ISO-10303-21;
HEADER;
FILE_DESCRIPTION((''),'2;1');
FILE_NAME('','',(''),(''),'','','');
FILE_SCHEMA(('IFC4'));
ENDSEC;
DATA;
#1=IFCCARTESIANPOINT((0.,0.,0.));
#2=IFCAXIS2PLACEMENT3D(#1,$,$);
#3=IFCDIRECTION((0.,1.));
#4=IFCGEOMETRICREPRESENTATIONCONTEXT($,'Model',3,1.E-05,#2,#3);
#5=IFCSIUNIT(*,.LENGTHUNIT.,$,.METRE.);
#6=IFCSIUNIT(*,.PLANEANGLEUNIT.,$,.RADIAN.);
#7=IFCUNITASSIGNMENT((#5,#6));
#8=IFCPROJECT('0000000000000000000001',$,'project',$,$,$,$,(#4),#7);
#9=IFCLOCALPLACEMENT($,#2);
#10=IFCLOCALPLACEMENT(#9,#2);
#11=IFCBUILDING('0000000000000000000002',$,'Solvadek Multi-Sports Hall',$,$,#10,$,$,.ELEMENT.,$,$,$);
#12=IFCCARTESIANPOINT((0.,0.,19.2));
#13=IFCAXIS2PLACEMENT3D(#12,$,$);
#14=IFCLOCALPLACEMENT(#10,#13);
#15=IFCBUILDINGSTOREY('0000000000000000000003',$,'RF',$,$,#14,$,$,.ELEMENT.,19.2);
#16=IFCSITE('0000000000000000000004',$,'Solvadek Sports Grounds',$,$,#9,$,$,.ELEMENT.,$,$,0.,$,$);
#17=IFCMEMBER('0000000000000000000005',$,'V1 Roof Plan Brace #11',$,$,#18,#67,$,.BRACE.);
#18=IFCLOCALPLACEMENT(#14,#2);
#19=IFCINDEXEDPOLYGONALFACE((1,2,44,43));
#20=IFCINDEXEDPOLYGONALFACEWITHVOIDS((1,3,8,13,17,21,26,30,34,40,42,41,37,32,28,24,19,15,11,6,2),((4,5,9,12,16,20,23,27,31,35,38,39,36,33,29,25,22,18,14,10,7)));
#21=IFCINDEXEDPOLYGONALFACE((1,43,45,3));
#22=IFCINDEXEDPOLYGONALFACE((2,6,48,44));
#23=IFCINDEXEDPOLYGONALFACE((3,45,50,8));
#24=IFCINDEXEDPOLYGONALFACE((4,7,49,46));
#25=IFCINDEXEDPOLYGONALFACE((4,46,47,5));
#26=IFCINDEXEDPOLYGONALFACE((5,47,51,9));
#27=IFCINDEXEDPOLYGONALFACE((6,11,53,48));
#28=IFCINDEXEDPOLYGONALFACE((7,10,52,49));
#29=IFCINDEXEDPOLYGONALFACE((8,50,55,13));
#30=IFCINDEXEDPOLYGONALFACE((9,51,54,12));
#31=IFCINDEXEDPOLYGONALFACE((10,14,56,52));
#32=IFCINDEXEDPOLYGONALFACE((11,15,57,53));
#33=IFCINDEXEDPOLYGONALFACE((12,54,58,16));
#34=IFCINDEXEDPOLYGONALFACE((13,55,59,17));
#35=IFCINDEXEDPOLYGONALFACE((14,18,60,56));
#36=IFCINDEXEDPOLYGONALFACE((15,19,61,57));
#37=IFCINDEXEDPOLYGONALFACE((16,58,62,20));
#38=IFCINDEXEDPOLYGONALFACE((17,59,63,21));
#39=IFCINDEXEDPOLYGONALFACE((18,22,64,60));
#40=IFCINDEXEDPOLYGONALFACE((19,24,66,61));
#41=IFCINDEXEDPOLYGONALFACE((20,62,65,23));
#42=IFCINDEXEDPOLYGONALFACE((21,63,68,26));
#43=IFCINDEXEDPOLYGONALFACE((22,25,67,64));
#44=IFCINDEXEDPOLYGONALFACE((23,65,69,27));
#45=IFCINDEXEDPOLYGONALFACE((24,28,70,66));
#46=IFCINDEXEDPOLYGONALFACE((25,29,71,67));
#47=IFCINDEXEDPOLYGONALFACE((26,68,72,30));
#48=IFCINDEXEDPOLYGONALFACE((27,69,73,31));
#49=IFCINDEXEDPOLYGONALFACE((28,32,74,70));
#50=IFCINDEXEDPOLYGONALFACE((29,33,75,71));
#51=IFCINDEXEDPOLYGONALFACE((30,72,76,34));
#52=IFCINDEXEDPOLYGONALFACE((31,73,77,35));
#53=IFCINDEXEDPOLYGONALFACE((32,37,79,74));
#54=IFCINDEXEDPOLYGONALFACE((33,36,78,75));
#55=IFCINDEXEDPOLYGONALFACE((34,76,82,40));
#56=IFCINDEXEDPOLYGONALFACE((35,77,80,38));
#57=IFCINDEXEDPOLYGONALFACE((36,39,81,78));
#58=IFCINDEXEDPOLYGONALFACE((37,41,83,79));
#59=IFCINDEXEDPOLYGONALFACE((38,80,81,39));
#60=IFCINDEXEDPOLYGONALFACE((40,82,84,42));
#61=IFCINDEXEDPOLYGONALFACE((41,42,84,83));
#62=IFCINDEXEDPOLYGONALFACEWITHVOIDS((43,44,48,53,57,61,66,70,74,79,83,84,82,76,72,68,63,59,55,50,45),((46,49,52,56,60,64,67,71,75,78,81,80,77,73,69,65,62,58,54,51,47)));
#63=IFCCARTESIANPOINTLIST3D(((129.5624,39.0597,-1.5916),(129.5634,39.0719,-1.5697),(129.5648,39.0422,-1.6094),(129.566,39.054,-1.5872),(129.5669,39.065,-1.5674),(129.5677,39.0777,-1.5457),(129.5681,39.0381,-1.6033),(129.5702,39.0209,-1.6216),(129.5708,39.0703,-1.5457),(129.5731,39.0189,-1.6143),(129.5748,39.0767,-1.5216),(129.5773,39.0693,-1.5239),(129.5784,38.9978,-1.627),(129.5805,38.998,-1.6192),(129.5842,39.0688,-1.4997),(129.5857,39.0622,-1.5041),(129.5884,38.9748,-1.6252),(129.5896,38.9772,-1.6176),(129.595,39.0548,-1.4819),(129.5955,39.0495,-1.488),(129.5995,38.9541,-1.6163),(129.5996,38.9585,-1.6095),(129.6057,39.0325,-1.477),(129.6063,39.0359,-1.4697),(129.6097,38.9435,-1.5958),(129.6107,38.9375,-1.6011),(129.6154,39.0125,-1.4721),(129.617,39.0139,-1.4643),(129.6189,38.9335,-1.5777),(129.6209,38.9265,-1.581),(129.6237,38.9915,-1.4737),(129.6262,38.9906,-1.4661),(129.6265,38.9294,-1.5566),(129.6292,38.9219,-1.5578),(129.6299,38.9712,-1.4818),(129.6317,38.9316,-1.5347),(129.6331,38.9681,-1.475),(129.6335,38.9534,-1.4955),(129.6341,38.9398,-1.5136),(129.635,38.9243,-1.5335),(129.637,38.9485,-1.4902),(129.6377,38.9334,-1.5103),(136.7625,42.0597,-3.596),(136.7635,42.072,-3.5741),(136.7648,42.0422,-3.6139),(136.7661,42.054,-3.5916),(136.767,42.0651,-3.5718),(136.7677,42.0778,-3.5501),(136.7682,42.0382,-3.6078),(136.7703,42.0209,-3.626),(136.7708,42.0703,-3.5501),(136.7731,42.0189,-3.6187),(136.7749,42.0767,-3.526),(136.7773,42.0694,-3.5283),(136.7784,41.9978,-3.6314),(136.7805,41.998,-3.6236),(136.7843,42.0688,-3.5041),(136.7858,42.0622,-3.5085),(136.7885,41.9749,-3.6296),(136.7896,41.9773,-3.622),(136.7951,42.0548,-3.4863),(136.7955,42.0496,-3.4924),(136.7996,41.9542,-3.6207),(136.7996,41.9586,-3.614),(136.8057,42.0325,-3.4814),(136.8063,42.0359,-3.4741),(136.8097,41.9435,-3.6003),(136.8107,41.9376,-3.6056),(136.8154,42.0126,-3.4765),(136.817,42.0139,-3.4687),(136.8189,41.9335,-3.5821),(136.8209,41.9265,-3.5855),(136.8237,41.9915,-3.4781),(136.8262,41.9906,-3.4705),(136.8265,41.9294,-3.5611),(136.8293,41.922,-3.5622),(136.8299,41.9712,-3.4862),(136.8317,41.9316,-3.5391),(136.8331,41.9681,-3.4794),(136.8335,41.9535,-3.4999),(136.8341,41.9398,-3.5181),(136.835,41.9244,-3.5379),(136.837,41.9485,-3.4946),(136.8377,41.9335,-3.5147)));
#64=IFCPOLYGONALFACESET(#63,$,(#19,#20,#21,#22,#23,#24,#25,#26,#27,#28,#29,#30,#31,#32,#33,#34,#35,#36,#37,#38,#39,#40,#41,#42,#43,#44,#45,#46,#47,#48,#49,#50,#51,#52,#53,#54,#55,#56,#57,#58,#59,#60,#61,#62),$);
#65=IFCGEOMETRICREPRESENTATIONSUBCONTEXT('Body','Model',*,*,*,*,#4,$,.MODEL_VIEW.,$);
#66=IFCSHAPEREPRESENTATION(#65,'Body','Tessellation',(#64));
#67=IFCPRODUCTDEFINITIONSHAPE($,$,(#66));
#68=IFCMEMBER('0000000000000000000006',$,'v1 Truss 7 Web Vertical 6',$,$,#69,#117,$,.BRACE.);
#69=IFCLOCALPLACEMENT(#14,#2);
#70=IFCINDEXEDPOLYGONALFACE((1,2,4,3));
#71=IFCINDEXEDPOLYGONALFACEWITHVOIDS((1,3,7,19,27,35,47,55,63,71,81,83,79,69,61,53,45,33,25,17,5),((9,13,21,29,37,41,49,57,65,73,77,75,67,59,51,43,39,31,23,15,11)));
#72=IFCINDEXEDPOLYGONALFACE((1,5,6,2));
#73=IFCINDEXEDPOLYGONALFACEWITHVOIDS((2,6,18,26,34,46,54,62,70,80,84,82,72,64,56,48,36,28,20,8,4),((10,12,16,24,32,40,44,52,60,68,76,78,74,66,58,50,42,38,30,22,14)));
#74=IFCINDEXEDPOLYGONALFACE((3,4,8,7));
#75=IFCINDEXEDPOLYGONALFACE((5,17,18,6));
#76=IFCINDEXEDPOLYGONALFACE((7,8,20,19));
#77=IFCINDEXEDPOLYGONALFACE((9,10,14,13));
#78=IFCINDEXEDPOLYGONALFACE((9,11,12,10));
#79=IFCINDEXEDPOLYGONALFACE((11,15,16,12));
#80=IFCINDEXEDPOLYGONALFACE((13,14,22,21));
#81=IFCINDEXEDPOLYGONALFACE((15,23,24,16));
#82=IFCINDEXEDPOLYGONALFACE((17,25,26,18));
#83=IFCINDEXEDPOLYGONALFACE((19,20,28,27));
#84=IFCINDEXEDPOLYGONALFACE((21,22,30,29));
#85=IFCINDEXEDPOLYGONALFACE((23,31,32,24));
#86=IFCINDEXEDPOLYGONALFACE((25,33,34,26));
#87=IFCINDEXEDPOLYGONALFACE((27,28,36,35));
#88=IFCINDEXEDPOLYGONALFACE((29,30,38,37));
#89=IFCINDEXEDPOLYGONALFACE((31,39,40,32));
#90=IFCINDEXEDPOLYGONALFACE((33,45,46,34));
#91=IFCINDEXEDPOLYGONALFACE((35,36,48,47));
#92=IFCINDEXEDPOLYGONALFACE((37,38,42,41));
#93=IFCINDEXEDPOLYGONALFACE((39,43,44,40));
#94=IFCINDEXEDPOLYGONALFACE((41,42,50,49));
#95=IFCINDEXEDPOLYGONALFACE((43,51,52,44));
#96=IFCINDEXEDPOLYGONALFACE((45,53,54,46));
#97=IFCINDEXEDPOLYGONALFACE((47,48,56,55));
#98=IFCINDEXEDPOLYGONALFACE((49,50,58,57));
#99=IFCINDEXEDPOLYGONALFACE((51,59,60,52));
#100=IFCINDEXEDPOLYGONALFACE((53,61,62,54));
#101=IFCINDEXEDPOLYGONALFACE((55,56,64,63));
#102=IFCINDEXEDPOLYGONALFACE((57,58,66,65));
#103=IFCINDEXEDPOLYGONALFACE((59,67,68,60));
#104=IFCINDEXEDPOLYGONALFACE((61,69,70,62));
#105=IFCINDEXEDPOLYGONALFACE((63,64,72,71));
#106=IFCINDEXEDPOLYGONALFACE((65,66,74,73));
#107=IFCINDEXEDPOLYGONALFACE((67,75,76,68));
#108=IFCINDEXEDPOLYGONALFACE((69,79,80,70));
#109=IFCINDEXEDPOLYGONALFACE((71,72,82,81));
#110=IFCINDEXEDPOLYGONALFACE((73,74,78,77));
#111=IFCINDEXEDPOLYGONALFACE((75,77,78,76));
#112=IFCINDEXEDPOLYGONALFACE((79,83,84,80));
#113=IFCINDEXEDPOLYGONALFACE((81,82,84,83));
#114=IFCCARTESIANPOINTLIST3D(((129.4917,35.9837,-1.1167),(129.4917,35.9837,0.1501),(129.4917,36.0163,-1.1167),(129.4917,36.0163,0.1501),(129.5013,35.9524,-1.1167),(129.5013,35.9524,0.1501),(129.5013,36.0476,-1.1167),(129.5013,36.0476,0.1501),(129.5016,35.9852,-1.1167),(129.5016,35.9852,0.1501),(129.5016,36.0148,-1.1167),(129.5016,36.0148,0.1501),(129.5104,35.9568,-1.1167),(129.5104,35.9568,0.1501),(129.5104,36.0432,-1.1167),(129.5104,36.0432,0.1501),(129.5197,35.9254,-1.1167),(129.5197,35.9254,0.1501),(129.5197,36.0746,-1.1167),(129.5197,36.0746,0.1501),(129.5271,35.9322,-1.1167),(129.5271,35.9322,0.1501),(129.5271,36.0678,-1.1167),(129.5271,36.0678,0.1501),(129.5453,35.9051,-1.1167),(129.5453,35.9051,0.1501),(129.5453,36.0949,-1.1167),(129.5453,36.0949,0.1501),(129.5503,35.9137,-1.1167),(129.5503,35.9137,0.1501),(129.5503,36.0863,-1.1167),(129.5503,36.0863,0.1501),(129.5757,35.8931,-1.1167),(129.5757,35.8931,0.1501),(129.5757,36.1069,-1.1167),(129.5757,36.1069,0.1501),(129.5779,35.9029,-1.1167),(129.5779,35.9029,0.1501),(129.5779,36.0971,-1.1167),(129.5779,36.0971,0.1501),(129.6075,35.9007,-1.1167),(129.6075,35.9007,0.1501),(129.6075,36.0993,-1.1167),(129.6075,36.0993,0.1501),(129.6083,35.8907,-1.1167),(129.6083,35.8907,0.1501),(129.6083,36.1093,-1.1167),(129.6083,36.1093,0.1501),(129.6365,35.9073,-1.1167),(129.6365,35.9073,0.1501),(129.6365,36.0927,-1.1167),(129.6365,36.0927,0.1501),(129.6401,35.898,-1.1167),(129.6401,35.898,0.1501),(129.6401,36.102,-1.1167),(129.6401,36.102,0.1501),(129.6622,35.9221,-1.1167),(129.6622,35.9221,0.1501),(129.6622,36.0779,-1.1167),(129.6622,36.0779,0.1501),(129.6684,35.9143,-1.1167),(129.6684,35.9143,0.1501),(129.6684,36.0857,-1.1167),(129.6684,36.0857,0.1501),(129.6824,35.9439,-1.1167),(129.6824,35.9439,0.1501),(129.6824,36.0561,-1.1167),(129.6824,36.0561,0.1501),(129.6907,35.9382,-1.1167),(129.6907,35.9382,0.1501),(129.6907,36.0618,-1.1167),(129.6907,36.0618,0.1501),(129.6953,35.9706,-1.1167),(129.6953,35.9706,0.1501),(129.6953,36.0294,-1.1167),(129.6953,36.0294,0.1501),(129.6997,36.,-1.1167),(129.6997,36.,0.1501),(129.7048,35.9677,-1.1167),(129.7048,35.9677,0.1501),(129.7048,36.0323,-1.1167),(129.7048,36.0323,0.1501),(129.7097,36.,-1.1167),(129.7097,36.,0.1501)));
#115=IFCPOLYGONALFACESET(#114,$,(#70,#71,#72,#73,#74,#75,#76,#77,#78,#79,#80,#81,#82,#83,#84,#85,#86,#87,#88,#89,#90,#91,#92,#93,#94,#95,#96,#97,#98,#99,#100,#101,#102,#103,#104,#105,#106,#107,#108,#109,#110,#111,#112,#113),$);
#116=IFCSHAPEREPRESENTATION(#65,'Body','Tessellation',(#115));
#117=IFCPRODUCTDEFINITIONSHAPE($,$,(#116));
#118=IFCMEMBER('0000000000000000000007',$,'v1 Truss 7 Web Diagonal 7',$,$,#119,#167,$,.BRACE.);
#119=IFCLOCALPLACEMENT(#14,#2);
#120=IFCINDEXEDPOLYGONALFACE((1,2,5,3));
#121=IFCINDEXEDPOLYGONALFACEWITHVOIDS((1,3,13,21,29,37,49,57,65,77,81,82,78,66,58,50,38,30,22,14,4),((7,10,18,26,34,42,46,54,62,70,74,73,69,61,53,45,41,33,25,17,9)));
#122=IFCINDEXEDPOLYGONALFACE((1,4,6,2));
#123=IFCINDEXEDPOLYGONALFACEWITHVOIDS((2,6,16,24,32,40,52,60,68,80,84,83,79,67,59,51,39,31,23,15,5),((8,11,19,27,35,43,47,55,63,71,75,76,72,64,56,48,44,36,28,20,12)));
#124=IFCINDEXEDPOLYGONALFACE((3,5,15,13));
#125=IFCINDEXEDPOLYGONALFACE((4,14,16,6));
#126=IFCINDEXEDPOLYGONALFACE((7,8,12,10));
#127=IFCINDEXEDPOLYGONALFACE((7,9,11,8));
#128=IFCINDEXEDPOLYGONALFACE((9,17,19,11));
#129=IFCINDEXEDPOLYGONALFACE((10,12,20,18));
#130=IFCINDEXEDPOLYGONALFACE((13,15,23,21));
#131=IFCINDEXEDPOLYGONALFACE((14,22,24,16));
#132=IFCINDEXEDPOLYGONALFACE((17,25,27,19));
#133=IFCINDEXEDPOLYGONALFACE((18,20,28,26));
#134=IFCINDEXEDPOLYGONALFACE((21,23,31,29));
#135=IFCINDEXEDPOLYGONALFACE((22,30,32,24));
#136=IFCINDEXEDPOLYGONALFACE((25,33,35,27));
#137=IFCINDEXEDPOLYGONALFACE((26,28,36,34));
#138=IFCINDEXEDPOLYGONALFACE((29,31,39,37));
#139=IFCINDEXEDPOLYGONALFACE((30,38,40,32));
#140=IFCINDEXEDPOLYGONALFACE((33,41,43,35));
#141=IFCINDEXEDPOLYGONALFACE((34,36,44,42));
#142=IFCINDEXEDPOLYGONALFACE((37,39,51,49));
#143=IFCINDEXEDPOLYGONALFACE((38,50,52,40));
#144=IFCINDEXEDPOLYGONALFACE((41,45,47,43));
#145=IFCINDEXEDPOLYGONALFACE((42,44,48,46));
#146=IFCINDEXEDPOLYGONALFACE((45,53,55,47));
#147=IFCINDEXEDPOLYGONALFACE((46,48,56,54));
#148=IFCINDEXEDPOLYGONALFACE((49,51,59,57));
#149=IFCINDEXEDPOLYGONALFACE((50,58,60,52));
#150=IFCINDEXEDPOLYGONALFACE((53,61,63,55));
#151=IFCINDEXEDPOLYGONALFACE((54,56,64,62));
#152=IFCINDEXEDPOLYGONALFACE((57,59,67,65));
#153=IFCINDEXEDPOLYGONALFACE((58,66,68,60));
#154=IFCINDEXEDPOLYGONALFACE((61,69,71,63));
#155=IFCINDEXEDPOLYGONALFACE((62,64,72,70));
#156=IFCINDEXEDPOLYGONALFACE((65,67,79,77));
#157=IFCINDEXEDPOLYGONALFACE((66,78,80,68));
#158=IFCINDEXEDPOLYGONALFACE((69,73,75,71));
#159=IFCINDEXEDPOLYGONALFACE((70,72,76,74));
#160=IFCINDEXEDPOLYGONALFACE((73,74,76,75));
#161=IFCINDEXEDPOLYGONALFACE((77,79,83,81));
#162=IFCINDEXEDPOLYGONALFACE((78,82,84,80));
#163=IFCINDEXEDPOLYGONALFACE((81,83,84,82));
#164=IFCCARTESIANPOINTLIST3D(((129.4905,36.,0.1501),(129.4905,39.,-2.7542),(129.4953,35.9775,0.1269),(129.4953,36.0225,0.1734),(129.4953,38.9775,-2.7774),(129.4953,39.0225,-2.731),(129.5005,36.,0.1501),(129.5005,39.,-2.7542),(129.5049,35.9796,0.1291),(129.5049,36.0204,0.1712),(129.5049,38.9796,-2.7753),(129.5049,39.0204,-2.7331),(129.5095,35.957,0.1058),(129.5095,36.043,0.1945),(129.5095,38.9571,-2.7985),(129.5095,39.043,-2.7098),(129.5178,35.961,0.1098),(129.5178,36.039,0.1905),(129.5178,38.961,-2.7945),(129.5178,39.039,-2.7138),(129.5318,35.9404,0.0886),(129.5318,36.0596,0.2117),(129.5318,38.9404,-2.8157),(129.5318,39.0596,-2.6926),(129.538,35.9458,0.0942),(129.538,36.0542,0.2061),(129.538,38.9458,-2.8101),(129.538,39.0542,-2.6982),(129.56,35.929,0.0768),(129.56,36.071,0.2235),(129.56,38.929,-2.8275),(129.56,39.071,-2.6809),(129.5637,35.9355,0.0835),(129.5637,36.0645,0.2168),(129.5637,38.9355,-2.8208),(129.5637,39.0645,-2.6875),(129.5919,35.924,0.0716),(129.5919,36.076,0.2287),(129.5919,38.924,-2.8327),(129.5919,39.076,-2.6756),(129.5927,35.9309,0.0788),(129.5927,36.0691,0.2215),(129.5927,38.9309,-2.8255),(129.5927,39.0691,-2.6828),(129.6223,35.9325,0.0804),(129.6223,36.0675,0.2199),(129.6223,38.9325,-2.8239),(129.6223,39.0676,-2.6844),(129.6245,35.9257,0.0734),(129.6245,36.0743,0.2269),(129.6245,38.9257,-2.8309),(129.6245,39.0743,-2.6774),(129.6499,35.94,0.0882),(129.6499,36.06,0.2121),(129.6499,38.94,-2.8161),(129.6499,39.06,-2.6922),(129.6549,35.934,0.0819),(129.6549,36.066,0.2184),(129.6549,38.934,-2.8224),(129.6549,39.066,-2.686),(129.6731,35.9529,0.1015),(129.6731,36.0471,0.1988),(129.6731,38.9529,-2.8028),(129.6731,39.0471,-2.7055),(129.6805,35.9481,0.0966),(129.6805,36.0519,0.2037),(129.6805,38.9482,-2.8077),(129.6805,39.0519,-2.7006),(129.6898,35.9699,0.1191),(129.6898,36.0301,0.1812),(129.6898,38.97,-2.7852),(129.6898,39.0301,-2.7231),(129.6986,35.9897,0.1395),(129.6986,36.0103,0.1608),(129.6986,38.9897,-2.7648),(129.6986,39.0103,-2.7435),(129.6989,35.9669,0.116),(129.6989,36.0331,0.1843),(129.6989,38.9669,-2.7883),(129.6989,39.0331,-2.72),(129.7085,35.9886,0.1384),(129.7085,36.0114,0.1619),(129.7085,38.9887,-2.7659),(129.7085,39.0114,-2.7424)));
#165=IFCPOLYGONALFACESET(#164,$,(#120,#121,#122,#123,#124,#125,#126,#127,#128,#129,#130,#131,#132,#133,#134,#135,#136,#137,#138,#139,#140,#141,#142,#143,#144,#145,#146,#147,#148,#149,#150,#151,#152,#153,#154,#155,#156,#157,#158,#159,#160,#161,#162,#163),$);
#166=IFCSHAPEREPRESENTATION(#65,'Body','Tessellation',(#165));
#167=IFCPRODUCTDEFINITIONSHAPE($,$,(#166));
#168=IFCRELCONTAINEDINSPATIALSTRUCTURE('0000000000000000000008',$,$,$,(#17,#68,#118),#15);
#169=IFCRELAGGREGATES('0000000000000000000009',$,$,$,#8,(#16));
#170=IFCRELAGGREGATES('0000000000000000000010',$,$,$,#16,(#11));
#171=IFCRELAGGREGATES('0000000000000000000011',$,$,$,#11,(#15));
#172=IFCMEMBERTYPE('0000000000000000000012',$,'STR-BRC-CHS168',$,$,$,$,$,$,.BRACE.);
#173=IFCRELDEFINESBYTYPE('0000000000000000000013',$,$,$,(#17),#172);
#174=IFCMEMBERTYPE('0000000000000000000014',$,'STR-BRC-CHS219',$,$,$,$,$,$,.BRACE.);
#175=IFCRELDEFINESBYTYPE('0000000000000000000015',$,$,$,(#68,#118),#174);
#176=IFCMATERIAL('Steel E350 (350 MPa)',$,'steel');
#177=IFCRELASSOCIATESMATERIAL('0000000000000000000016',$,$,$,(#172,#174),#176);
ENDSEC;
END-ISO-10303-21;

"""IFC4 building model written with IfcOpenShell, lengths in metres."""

from ifc_helpers import new_model, si_unit, direction, frame, origin, origin_2d, place, context, subcontext, project, spatial, hollow_circle, extrude, material, material_profile, profile_set, type_object, element, save


model = new_model("IFC4")

# Units and contexts
model_context = context("Model", 3, precision=1e-05, world=origin(), true_north=direction((0.0, 1.0)))
body_context = subcontext(model_context, "Body", "Model", "MODEL_VIEW")
ifc_project = project(units=[si_unit("LENGTHUNIT", "METRE"), si_unit("PLANEANGLEUNIT", "RADIAN")], contexts=[model_context])

# Site, building, storey
site_placement = place(None, origin())
site = spatial("IfcSite", under=ifc_project, at=site_placement, Name="Solvadek Sports Grounds", CompositionType="ELEMENT", RefElevation=0.0)
building_placement = place(site_placement, origin())
building = spatial("IfcBuilding", under=site, at=building_placement, Name="Solvadek Multi-Sports Hall", CompositionType="ELEMENT")
storey_placement = place(building_placement, frame((0.0, 0.0, 19.2)))
storey = spatial("IfcBuildingStorey", under=building, at=storey_placement, Name="RF", CompositionType="ELEMENT", Elevation=19.2)

# Members
ifc_material_1 = material(Name="Steel E350 (350 MPa)", Category="steel")
ifc_material_profile_1 = material_profile(ifc_material_1, hollow_circle(Radius=0.0842, WallThickness=0.0081, at=origin_2d()), Name="CHS 168.3x8")
ifc_profile_set_1 = profile_set([ifc_material_profile_1], Name="Steel E350 (350 MPa)")
member_type_1 = type_object("IfcMemberType", Name="STR-BRC-CHS168", PredefinedType="BRACE", material=ifc_profile_set_1)
member_1_placement = place(storey_placement, frame((129.6001, 39.0, -1.5457), z_axis=(0.894029, 0.372514, -0.248889), x_axis=(-0.384618, 0.923076, 0.0)))
element("IfcMember", 1, at=member_1_placement, inside=storey, type_object=member_type_1, Name="V1 Roof Plan Brace #11", PredefinedType="BRACE", context=body_context, shape_type="SweptSolid", body=[
    extrude(hollow_circle(Radius=0.0842, WallThickness=0.0081, at=origin_2d()), origin(), (0.0, 0.0, 1.0), 8.0535),
])
ifc_material_profile_2 = material_profile(ifc_material_1, hollow_circle(Radius=0.1096, WallThickness=0.01, at=origin_2d()), Name="CHS 219.1x10")
ifc_profile_set_2 = profile_set([ifc_material_profile_2], Name="Steel E350 (350 MPa)")
member_type_2 = type_object("IfcMemberType", Name="STR-BRC-CHS219", PredefinedType="BRACE", material=ifc_profile_set_2)
member_2_placement = place(storey_placement, frame((129.6001, 36.0, -1.1167), z_axis=(0.0, 0.0, 1.0), x_axis=(1.0, 0.0, 0.0)))
element("IfcMember", 2, at=member_2_placement, inside=storey, type_object=member_type_2, Name="v1 Truss 7 Web Vertical 6", PredefinedType="BRACE", context=body_context, shape_type="SweptSolid", body=[
    extrude(hollow_circle(Radius=0.1096, WallThickness=0.01, at=origin_2d()), origin(), (0.0, 0.0, 1.0), 1.2668),
])
member_3_placement = place(storey_placement, frame((129.6001, 36.0, 0.1501), z_axis=(0.0, 0.718474, -0.695554), x_axis=(-1.0, 0.0, 0.0)))
element("IfcMember", 3, at=member_3_placement, inside=storey, type_object=member_type_2, Name="v1 Truss 7 Web Diagonal 7", PredefinedType="BRACE", context=body_context, shape_type="SweptSolid", body=[
    extrude(hollow_circle(Radius=0.1096, WallThickness=0.01, at=origin_2d()), origin(), (0.0, 0.0, 1.0), 4.1755),
])

save(model, "model.ifc")
